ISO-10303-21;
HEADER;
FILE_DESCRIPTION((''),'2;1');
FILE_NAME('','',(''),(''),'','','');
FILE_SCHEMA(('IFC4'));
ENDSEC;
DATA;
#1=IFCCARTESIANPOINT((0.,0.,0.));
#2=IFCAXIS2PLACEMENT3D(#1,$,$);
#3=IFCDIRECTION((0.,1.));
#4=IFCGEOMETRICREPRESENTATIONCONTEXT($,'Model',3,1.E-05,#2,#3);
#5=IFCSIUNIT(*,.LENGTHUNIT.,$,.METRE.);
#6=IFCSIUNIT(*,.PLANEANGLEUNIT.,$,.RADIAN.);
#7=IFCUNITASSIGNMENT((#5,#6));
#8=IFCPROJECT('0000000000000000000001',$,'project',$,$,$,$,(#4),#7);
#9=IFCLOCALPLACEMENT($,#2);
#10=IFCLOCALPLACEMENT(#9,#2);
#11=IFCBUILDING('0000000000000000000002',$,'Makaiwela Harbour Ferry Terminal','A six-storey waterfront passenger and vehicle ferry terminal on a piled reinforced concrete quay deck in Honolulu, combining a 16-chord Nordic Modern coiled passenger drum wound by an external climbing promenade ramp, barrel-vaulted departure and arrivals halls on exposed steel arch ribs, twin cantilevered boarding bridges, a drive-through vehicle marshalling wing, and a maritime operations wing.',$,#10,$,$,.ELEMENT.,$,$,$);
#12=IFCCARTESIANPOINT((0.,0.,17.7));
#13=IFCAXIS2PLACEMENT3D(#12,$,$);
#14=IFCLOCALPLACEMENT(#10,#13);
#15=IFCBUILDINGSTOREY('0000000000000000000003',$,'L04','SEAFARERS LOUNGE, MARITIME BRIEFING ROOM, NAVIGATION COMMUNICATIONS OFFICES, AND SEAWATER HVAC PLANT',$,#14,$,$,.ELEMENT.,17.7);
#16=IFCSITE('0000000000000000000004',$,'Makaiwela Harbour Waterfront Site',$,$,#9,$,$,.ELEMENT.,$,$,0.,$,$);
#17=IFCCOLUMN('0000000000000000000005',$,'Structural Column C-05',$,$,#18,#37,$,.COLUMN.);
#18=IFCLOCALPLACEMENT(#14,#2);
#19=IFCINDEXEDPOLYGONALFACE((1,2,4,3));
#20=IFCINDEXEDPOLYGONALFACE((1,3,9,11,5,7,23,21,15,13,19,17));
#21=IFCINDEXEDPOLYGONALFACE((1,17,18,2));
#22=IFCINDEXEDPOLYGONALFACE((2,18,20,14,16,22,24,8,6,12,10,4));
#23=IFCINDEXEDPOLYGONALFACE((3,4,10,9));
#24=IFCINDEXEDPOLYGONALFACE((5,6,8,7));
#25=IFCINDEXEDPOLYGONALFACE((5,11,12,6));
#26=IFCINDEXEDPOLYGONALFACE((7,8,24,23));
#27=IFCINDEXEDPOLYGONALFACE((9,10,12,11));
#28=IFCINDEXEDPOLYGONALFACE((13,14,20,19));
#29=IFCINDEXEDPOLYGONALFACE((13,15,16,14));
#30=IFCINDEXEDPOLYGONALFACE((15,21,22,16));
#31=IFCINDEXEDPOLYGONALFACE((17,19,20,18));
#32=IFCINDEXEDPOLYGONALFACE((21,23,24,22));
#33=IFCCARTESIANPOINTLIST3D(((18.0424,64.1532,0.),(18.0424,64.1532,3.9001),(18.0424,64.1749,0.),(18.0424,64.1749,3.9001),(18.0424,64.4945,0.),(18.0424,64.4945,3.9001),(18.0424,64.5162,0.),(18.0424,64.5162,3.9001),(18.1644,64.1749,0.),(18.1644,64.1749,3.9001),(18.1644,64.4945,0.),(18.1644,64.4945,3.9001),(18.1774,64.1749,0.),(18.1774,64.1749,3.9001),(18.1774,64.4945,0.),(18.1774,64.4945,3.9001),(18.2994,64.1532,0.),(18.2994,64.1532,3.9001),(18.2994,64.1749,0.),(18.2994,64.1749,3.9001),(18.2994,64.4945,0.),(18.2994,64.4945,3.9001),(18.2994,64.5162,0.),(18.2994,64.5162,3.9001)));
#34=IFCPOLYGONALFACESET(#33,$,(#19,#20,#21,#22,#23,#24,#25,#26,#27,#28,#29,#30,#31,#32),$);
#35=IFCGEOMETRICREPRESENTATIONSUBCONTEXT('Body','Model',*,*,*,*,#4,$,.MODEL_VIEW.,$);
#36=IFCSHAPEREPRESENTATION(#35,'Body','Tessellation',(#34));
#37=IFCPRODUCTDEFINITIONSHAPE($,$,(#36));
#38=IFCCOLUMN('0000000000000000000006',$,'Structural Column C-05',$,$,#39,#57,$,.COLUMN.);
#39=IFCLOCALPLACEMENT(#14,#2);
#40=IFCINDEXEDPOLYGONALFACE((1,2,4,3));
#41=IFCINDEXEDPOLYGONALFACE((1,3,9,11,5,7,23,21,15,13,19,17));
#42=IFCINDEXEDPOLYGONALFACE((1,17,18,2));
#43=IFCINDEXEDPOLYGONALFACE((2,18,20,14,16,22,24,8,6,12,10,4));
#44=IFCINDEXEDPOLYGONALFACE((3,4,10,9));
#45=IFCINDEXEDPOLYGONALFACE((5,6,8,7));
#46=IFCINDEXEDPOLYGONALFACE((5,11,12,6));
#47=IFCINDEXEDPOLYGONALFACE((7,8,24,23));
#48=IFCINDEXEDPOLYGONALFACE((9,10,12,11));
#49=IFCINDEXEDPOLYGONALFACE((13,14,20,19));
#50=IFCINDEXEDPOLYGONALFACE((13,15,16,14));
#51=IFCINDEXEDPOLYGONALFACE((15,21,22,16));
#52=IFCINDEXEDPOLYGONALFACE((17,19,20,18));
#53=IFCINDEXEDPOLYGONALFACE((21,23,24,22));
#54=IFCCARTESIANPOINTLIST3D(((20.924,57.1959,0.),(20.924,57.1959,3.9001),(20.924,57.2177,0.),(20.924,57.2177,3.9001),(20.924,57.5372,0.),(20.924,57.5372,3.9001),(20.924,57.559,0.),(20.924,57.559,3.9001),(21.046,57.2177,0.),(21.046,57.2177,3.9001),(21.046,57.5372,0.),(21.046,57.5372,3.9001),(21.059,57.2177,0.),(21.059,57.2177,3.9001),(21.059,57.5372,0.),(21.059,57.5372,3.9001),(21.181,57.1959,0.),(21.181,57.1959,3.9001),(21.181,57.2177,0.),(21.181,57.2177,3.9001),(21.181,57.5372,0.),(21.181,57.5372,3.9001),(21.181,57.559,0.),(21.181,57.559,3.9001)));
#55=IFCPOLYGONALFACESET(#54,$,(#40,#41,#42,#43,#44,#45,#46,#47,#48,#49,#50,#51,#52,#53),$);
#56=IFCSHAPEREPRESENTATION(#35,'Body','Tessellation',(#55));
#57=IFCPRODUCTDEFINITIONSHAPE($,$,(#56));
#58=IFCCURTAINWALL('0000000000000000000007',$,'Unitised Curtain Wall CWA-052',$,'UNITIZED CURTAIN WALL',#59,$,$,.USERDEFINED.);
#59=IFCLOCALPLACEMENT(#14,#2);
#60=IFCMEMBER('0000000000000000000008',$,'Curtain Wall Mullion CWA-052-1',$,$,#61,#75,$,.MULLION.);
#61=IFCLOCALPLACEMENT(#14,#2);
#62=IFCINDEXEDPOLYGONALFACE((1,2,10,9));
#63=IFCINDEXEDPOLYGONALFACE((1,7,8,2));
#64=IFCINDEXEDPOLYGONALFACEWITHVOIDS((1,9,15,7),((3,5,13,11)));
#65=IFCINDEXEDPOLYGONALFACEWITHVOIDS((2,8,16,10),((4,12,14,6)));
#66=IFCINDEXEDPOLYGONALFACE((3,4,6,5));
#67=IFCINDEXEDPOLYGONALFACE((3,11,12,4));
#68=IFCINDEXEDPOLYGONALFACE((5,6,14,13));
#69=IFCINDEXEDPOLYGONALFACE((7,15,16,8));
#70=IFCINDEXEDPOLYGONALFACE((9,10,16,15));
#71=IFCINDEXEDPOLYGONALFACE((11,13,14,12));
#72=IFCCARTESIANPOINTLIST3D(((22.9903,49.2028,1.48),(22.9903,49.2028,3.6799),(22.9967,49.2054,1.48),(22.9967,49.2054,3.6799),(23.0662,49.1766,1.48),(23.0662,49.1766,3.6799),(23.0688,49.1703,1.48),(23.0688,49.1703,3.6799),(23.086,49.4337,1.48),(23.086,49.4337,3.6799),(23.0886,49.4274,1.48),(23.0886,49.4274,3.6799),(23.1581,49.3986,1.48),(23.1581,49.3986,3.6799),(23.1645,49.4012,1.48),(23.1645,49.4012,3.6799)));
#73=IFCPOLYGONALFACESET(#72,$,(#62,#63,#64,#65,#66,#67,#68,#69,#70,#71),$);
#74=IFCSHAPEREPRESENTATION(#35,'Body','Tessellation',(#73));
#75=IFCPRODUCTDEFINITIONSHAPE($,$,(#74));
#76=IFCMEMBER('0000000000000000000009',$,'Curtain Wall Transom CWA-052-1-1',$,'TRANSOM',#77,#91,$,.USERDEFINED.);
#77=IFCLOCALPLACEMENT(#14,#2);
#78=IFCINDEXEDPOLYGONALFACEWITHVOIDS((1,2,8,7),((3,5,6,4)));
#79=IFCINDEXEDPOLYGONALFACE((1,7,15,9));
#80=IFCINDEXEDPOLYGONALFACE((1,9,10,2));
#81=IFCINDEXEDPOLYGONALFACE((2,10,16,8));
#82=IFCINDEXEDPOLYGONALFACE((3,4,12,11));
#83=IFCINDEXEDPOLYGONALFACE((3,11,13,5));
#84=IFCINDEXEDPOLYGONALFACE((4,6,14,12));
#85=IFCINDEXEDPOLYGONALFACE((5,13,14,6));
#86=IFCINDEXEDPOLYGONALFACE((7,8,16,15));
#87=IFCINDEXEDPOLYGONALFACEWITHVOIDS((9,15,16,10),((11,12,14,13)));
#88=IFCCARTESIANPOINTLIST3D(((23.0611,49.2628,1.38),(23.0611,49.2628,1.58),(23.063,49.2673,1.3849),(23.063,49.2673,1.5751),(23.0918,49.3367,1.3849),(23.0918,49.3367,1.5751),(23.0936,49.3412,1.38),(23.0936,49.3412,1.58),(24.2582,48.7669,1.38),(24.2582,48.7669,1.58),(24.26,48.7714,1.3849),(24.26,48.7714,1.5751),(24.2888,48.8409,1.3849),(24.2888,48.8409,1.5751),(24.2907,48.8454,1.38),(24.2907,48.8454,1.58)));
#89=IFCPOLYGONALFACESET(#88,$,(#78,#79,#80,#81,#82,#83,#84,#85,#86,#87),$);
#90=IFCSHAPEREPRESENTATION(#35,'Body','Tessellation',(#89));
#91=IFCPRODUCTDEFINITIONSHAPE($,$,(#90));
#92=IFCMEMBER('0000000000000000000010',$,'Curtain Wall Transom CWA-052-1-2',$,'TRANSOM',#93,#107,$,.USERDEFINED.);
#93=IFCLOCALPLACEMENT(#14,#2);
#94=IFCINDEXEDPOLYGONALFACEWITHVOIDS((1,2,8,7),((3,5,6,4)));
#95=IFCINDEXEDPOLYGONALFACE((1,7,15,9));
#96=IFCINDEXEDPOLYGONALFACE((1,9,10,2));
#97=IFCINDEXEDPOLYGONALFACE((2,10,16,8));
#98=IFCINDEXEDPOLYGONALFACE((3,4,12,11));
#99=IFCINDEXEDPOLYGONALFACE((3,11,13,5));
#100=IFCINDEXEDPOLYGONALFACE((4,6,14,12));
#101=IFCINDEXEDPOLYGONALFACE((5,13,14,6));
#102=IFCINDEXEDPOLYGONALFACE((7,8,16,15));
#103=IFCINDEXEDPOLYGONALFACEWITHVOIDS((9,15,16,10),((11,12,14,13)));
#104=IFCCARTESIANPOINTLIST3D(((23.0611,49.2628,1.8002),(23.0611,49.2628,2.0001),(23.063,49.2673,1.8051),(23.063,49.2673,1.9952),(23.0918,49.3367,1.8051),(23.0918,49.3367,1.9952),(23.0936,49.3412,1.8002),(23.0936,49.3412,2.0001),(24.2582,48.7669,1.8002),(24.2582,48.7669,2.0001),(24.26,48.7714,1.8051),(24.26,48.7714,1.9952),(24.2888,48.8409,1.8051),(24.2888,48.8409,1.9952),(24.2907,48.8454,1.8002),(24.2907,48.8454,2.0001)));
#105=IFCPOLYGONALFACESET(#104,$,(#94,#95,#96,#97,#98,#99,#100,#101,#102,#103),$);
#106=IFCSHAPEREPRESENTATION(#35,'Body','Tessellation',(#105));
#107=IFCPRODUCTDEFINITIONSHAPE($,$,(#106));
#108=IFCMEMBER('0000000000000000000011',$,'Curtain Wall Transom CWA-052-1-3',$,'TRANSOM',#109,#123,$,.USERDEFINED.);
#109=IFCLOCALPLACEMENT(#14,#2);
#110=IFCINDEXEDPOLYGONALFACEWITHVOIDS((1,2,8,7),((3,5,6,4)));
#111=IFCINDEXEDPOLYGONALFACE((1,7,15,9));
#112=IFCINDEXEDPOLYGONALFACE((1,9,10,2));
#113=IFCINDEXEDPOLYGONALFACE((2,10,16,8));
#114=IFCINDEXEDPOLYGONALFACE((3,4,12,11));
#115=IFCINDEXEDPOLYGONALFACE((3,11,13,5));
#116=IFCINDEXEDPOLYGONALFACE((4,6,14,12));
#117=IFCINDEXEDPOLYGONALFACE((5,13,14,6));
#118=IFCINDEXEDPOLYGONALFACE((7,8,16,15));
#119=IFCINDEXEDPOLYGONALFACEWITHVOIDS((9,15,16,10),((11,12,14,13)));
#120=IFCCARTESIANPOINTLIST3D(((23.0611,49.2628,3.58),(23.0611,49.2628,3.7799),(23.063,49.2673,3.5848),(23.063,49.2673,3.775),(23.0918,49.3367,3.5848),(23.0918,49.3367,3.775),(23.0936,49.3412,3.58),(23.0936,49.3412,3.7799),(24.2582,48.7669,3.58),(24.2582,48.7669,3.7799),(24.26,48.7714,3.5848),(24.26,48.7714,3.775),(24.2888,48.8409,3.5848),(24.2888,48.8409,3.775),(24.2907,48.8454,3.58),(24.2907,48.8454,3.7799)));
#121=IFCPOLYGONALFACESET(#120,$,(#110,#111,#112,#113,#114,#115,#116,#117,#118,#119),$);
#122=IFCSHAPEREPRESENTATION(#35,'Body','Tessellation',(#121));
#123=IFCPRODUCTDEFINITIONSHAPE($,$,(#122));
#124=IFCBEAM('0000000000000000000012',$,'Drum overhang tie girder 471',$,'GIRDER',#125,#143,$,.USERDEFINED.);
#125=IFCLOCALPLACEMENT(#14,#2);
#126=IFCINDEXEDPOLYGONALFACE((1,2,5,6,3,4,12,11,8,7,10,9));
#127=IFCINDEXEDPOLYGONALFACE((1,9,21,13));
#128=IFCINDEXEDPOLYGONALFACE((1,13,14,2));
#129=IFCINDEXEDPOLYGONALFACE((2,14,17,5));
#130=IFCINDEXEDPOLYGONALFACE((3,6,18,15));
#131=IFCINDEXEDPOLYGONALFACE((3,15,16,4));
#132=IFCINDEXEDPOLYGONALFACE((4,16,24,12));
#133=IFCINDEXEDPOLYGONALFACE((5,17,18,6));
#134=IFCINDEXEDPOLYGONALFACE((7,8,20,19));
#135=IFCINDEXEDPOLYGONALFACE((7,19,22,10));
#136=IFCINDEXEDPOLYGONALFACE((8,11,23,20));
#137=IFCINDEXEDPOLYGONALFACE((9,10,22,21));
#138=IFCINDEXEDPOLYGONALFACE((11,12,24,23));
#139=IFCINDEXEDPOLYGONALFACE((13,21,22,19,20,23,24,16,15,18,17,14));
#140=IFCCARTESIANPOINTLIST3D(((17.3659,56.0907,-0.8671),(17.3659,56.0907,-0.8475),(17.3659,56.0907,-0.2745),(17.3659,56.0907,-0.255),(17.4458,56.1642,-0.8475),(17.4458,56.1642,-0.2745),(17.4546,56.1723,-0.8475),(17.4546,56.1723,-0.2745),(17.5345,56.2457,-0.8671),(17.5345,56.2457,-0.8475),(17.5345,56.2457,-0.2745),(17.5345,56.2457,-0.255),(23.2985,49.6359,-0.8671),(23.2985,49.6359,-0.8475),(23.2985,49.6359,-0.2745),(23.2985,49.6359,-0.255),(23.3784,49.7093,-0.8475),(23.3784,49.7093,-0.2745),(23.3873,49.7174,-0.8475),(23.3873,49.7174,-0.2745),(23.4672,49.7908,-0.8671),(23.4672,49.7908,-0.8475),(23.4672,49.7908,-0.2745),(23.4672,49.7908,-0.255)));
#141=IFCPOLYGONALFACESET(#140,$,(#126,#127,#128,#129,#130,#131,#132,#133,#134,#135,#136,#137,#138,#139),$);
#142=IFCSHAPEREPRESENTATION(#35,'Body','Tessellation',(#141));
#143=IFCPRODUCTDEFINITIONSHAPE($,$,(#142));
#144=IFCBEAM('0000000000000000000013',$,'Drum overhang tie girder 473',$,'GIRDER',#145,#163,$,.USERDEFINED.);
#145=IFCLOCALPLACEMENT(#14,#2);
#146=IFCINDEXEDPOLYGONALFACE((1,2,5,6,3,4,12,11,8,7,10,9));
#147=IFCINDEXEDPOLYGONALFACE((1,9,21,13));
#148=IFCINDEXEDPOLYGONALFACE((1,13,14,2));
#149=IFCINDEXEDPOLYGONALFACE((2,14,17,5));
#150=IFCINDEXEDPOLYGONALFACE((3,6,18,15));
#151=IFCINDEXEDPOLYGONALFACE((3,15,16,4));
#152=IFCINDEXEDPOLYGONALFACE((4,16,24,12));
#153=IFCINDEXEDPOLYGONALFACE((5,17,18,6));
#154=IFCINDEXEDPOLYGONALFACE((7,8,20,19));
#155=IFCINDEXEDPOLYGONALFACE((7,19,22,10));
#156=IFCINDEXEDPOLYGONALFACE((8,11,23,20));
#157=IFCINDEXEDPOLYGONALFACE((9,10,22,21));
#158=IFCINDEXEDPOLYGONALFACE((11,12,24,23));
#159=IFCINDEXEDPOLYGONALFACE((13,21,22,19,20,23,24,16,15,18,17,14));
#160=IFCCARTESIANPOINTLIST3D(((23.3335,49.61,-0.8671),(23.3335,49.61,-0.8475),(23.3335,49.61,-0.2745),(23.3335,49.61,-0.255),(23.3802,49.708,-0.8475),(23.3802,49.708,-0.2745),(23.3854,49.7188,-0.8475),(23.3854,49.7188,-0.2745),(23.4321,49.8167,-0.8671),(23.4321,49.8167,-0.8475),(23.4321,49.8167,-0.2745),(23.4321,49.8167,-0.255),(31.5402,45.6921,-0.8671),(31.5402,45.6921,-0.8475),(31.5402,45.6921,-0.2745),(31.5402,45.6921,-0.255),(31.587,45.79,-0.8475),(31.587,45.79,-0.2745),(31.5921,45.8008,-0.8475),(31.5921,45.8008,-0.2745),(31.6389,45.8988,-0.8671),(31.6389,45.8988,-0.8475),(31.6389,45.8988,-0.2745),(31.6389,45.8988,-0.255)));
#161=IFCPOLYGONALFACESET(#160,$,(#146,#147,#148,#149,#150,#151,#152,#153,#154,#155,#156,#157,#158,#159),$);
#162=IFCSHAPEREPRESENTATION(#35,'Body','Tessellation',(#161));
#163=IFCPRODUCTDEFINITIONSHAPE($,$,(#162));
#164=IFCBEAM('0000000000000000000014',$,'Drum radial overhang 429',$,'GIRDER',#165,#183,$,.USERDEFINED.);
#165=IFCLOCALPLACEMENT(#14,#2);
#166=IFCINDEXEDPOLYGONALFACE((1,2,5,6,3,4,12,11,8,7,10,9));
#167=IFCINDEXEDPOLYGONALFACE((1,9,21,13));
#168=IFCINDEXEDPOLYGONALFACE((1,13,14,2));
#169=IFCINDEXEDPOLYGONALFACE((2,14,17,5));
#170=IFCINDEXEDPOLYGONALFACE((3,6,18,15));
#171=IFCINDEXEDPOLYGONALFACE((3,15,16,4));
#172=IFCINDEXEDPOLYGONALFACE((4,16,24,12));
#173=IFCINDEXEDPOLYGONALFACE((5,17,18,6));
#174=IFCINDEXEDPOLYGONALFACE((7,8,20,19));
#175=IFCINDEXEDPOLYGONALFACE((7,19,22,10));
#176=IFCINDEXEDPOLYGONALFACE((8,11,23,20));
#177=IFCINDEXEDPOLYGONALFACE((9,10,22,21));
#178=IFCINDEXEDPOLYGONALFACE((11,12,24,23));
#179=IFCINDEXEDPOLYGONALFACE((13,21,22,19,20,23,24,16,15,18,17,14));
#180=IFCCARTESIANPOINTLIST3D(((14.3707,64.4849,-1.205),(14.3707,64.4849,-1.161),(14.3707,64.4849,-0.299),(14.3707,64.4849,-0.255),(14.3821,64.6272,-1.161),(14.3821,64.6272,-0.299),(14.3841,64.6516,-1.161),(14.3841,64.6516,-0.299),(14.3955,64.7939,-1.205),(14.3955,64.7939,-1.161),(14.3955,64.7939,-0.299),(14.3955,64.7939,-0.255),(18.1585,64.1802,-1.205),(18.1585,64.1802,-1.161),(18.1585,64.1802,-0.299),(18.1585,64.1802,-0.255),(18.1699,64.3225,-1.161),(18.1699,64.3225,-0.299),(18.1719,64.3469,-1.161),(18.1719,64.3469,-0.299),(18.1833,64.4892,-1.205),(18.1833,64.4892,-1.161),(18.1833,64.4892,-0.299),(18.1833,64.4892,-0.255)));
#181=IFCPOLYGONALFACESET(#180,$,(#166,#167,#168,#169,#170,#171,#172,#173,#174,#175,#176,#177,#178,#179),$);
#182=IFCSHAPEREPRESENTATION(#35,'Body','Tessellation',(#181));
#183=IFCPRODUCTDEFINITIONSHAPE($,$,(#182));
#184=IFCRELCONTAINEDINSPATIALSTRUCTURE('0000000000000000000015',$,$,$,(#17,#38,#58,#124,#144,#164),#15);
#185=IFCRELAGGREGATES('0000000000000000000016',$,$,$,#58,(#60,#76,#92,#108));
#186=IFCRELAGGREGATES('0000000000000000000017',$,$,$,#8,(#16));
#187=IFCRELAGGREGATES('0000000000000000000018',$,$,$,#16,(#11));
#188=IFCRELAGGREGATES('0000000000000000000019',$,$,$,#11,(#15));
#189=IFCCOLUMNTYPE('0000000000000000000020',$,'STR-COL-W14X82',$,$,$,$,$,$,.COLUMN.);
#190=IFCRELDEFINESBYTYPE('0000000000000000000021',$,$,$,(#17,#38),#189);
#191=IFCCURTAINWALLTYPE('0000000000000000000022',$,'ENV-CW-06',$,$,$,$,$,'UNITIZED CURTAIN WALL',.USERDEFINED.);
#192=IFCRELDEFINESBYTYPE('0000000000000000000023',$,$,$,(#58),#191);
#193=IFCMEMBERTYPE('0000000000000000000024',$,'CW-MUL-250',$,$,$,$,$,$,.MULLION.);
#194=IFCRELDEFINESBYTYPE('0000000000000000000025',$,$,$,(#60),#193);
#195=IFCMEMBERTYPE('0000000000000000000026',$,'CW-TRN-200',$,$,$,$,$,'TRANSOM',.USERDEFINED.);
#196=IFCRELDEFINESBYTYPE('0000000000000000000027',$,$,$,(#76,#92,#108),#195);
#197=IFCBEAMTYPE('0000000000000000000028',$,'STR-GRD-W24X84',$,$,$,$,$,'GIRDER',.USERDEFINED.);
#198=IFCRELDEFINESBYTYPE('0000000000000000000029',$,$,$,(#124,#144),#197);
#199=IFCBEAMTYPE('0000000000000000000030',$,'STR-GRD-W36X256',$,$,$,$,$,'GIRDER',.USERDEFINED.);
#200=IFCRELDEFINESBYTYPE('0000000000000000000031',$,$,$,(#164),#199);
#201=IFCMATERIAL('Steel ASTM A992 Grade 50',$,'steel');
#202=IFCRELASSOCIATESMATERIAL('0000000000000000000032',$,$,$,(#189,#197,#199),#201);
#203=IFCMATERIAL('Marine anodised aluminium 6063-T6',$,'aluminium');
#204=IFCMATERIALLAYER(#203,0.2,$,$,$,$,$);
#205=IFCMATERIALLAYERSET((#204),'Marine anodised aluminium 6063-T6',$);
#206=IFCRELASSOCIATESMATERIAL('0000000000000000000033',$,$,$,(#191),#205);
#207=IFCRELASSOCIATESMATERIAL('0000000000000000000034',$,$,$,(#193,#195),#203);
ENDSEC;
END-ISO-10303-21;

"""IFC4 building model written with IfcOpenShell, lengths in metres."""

from ifc_helpers import new_model, si_unit, direction, frame, origin, origin_2d, place, context, subcontext, project, spatial, hollow_rectangle, i_section, extrude, material, layer, layer_set, material_profile, profile_set, type_object, element, aggregate, save


model = new_model("IFC4")

# Units and contexts
model_context = context("Model", 3, precision=1e-05, world=origin(), true_north=direction((0.0, 1.0)))
body_context = subcontext(model_context, "Body", "Model", "MODEL_VIEW")
ifc_project = project(units=[si_unit("LENGTHUNIT", "METRE"), si_unit("PLANEANGLEUNIT", "RADIAN")], contexts=[model_context])

# Site, building, storey
site_placement = place(None, origin())
site = spatial("IfcSite", under=ifc_project, at=site_placement, Name="Makaiwela Harbour Waterfront Site", CompositionType="ELEMENT", RefElevation=0.0)
building_placement = place(site_placement, origin())
building = spatial("IfcBuilding", under=site, at=building_placement, Name="Makaiwela Harbour Ferry Terminal", Description="A six-storey waterfront passenger and vehicle ferry terminal on a piled reinforced concrete quay deck in Honolulu, combining a 16-chord Nordic Modern coiled passenger drum wound by an external climbing promenade ramp, barrel-vaulted departure and arrivals halls on exposed steel arch ribs, twin cantilevered boarding bridges, a drive-through vehicle marshalling wing, and a maritime operations wing.", CompositionType="ELEMENT")
storey_placement = place(building_placement, frame((0.0, 0.0, 17.7)))
storey = spatial("IfcBuildingStorey", under=building, at=storey_placement, Name="L04", Description="SEAFARERS LOUNGE, MARITIME BRIEFING ROOM, NAVIGATION COMMUNICATIONS OFFICES, AND SEAWATER HVAC PLANT", CompositionType="ELEMENT", Elevation=17.7)

# Columns
ifc_material_1 = material(Name="Steel ASTM A992 Grade 50", Category="steel")
ifc_material_profile_1 = material_profile(ifc_material_1, i_section(OverallWidth=0.2571, OverallDepth=0.363, WebThickness=0.0129, FlangeThickness=0.0217, at=origin_2d()), Name="W14X82")
ifc_profile_set_1 = profile_set([ifc_material_profile_1], Name="Steel ASTM A992 Grade 50")
column_type = type_object("IfcColumnType", Name="STR-COL-W14X82", PredefinedType="COLUMN", material=ifc_profile_set_1)
for number, where, z_axis, x_axis, name in (
    (1, (18.1709, 64.3347, 0.0), (0.0, 0.0, 1.0), (1.0, 0.0, 0.0), "Structural Column C-05"),
    (2, (21.0525, 57.3774, 0.0), (0.0, 0.0, 1.0), (1.0, 0.0, 0.0), "Structural Column C-05"),
):
    element("IfcColumn", number, at=place(storey_placement, frame(where, z_axis=z_axis, x_axis=x_axis)), inside=storey, type_object=column_type, Name=name, PredefinedType="COLUMN", context=body_context, shape_type="SweptSolid", body=[
        extrude(i_section(OverallWidth=0.2571, OverallDepth=0.363, WebThickness=0.0129, FlangeThickness=0.0217, at=origin_2d()), origin(), (0.0, 0.0, 1.0), 3.9001),
    ])

# Curtain wall, members
ifc_material_2 = material(Name="Marine anodised aluminium 6063-T6", Category="aluminium")
ifc_layer_1 = layer(ifc_material_2, 0.2)
ifc_layer_set_1 = layer_set([ifc_layer_1], Name="Marine anodised aluminium 6063-T6")
curtain_wall_type = type_object("IfcCurtainWallType", Name="ENV-CW-06", ElementType="UNITIZED CURTAIN WALL", PredefinedType="USERDEFINED", material=ifc_layer_set_1)
curtain_wall_placement = place(storey_placement, origin())
curtain_wall = element("IfcCurtainWall", 3, at=curtain_wall_placement, inside=storey, type_object=curtain_wall_type, Name="Unitised Curtain Wall CWA-052", ObjectType="UNITIZED CURTAIN WALL", PredefinedType="USERDEFINED")
ifc_material_profile_2 = material_profile(ifc_material_2, hollow_rectangle(XDim=0.085, YDim=0.25, WallThickness=0.0049, at=origin_2d()), Name="CWM-250X85")
ifc_profile_set_2 = profile_set([ifc_material_profile_2], Name="Marine anodised aluminium 6063-T6")
member_type_1 = type_object("IfcMemberType", Name="CW-MUL-250", PredefinedType="MULLION", material=ifc_profile_set_2)
member_1_placement = place(storey_placement, frame((23.0774, 49.302, 1.48), z_axis=(0.0, 0.0, 1.0), x_axis=(-0.92388, 0.382683, 0.0)))
member_1 = element("IfcMember", 4, at=member_1_placement, type_object=member_type_1, Name="Curtain Wall Mullion CWA-052-1", PredefinedType="MULLION", context=body_context, shape_type="SweptSolid", body=[
    extrude(hollow_rectangle(XDim=0.085, YDim=0.25, WallThickness=0.0049, at=origin_2d()), origin(), (0.0, 0.0, 1.0), 2.2),
])
ifc_material_profile_3 = material_profile(ifc_material_2, hollow_rectangle(XDim=0.085, YDim=0.2, WallThickness=0.0049, at=origin_2d()), Name="CWT-200X85")
ifc_profile_set_3 = profile_set([ifc_material_profile_3], Name="Marine anodised aluminium 6063-T6")
member_type_2 = type_object("IfcMemberType", Name="CW-TRN-200", ElementType="TRANSOM", PredefinedType="USERDEFINED", material=ifc_profile_set_3)
member_2_placement = place(storey_placement, frame((23.0774, 49.302, 1.48), z_axis=(0.923872, -0.382701, 0.0), x_axis=(0.382701, 0.923872, 0.0)))
member_2 = element("IfcMember", 5, at=member_2_placement, type_object=member_type_2, Name="Curtain Wall Transom CWA-052-1-1", ObjectType="TRANSOM", PredefinedType="USERDEFINED", context=body_context, shape_type="SweptSolid", body=[
    extrude(hollow_rectangle(XDim=0.085, YDim=0.2, WallThickness=0.0049, at=origin_2d()), origin(), (0.0, 0.0, 1.0), 1.2957),
])
member_3_placement = place(storey_placement, frame((23.0774, 49.302, 1.9001), z_axis=(0.923872, -0.382701, 0.0), x_axis=(0.382701, 0.923872, 0.0)))
member_3 = element("IfcMember", 6, at=member_3_placement, type_object=member_type_2, Name="Curtain Wall Transom CWA-052-1-2", ObjectType="TRANSOM", PredefinedType="USERDEFINED", context=body_context, shape_type="SweptSolid", body=[
    extrude(hollow_rectangle(XDim=0.085, YDim=0.2, WallThickness=0.0049, at=origin_2d()), origin(), (0.0, 0.0, 1.0), 1.2957),
])
member_4_placement = place(storey_placement, frame((23.0774, 49.302, 3.6799), z_axis=(0.923872, -0.382701, 0.0), x_axis=(0.382701, 0.923872, 0.0)))
member_4 = element("IfcMember", 7, at=member_4_placement, type_object=member_type_2, Name="Curtain Wall Transom CWA-052-1-3", ObjectType="TRANSOM", PredefinedType="USERDEFINED", context=body_context, shape_type="SweptSolid", body=[
    extrude(hollow_rectangle(XDim=0.085, YDim=0.2, WallThickness=0.0049, at=origin_2d()), origin(), (0.0, 0.0, 1.0), 1.2957),
])

# Beams
ifc_material_profile_4 = material_profile(ifc_material_1, i_section(OverallWidth=0.229, OverallDepth=0.6121, WebThickness=0.012, FlangeThickness=0.0195, at=origin_2d()), Name="W24X84")
ifc_profile_set_4 = profile_set([ifc_material_profile_4], Name="Steel ASTM A992 Grade 50")
beam_type_1 = type_object("IfcBeamType", Name="STR-GRD-W24X84", ElementType="GIRDER", PredefinedType="USERDEFINED", material=ifc_profile_set_4)
beam_1_placement = place(storey_placement, frame((17.4502, 56.1682, -0.561), z_axis=(0.676696, -0.736262, 0.0), x_axis=(0.736262, 0.676696, 0.0)))
element("IfcBeam", 8, at=beam_1_placement, inside=storey, type_object=beam_type_1, Name="Drum overhang tie girder 471", ObjectType="GIRDER", PredefinedType="USERDEFINED", context=body_context, shape_type="SweptSolid", body=[
    extrude(i_section(OverallWidth=0.229, OverallDepth=0.6121, WebThickness=0.012, FlangeThickness=0.0195, at=origin_2d()), origin(), (0.0, 0.0, 1.0), 8.7671),
])
beam_2_placement = place(storey_placement, frame((23.3828, 49.7134, -0.561), z_axis=(0.902434, -0.430827, 0.0), x_axis=(0.430827, 0.902434, 0.0)))
element("IfcBeam", 9, at=beam_2_placement, inside=storey, type_object=beam_type_1, Name="Drum overhang tie girder 473", ObjectType="GIRDER", PredefinedType="USERDEFINED", context=body_context, shape_type="SweptSolid", body=[
    extrude(i_section(OverallWidth=0.229, OverallDepth=0.6121, WebThickness=0.012, FlangeThickness=0.0195, at=origin_2d()), origin(), (0.0, 0.0, 1.0), 9.094),
])
ifc_material_profile_5 = material_profile(ifc_material_1, i_section(OverallWidth=0.3101, OverallDepth=0.95, WebThickness=0.0244, FlangeThickness=0.0439, at=origin_2d()), Name="W36X256")
ifc_profile_set_5 = profile_set([ifc_material_profile_5], Name="Steel ASTM A992 Grade 50")
beam_type_2 = type_object("IfcBeamType", Name="STR-GRD-W36X256", ElementType="GIRDER", PredefinedType="USERDEFINED", material=ifc_profile_set_5)
beam_3_placement = place(storey_placement, frame((18.1709, 64.3347, -0.73), z_axis=(-0.99678, 0.080179, 0.0), x_axis=(-0.080179, -0.99678, 0.0)))
element("IfcBeam", 10, at=beam_3_placement, inside=storey, type_object=beam_type_2, Name="Drum radial overhang 429", ObjectType="GIRDER", PredefinedType="USERDEFINED", context=body_context, shape_type="SweptSolid", body=[
    extrude(i_section(OverallWidth=0.3101, OverallDepth=0.95, WebThickness=0.0244, FlangeThickness=0.0439, at=origin_2d()), origin(), (0.0, 0.0, 1.0), 3.8),
])

aggregate(curtain_wall, [member_1, member_2, member_3, member_4])

save(model, "model.ifc")
